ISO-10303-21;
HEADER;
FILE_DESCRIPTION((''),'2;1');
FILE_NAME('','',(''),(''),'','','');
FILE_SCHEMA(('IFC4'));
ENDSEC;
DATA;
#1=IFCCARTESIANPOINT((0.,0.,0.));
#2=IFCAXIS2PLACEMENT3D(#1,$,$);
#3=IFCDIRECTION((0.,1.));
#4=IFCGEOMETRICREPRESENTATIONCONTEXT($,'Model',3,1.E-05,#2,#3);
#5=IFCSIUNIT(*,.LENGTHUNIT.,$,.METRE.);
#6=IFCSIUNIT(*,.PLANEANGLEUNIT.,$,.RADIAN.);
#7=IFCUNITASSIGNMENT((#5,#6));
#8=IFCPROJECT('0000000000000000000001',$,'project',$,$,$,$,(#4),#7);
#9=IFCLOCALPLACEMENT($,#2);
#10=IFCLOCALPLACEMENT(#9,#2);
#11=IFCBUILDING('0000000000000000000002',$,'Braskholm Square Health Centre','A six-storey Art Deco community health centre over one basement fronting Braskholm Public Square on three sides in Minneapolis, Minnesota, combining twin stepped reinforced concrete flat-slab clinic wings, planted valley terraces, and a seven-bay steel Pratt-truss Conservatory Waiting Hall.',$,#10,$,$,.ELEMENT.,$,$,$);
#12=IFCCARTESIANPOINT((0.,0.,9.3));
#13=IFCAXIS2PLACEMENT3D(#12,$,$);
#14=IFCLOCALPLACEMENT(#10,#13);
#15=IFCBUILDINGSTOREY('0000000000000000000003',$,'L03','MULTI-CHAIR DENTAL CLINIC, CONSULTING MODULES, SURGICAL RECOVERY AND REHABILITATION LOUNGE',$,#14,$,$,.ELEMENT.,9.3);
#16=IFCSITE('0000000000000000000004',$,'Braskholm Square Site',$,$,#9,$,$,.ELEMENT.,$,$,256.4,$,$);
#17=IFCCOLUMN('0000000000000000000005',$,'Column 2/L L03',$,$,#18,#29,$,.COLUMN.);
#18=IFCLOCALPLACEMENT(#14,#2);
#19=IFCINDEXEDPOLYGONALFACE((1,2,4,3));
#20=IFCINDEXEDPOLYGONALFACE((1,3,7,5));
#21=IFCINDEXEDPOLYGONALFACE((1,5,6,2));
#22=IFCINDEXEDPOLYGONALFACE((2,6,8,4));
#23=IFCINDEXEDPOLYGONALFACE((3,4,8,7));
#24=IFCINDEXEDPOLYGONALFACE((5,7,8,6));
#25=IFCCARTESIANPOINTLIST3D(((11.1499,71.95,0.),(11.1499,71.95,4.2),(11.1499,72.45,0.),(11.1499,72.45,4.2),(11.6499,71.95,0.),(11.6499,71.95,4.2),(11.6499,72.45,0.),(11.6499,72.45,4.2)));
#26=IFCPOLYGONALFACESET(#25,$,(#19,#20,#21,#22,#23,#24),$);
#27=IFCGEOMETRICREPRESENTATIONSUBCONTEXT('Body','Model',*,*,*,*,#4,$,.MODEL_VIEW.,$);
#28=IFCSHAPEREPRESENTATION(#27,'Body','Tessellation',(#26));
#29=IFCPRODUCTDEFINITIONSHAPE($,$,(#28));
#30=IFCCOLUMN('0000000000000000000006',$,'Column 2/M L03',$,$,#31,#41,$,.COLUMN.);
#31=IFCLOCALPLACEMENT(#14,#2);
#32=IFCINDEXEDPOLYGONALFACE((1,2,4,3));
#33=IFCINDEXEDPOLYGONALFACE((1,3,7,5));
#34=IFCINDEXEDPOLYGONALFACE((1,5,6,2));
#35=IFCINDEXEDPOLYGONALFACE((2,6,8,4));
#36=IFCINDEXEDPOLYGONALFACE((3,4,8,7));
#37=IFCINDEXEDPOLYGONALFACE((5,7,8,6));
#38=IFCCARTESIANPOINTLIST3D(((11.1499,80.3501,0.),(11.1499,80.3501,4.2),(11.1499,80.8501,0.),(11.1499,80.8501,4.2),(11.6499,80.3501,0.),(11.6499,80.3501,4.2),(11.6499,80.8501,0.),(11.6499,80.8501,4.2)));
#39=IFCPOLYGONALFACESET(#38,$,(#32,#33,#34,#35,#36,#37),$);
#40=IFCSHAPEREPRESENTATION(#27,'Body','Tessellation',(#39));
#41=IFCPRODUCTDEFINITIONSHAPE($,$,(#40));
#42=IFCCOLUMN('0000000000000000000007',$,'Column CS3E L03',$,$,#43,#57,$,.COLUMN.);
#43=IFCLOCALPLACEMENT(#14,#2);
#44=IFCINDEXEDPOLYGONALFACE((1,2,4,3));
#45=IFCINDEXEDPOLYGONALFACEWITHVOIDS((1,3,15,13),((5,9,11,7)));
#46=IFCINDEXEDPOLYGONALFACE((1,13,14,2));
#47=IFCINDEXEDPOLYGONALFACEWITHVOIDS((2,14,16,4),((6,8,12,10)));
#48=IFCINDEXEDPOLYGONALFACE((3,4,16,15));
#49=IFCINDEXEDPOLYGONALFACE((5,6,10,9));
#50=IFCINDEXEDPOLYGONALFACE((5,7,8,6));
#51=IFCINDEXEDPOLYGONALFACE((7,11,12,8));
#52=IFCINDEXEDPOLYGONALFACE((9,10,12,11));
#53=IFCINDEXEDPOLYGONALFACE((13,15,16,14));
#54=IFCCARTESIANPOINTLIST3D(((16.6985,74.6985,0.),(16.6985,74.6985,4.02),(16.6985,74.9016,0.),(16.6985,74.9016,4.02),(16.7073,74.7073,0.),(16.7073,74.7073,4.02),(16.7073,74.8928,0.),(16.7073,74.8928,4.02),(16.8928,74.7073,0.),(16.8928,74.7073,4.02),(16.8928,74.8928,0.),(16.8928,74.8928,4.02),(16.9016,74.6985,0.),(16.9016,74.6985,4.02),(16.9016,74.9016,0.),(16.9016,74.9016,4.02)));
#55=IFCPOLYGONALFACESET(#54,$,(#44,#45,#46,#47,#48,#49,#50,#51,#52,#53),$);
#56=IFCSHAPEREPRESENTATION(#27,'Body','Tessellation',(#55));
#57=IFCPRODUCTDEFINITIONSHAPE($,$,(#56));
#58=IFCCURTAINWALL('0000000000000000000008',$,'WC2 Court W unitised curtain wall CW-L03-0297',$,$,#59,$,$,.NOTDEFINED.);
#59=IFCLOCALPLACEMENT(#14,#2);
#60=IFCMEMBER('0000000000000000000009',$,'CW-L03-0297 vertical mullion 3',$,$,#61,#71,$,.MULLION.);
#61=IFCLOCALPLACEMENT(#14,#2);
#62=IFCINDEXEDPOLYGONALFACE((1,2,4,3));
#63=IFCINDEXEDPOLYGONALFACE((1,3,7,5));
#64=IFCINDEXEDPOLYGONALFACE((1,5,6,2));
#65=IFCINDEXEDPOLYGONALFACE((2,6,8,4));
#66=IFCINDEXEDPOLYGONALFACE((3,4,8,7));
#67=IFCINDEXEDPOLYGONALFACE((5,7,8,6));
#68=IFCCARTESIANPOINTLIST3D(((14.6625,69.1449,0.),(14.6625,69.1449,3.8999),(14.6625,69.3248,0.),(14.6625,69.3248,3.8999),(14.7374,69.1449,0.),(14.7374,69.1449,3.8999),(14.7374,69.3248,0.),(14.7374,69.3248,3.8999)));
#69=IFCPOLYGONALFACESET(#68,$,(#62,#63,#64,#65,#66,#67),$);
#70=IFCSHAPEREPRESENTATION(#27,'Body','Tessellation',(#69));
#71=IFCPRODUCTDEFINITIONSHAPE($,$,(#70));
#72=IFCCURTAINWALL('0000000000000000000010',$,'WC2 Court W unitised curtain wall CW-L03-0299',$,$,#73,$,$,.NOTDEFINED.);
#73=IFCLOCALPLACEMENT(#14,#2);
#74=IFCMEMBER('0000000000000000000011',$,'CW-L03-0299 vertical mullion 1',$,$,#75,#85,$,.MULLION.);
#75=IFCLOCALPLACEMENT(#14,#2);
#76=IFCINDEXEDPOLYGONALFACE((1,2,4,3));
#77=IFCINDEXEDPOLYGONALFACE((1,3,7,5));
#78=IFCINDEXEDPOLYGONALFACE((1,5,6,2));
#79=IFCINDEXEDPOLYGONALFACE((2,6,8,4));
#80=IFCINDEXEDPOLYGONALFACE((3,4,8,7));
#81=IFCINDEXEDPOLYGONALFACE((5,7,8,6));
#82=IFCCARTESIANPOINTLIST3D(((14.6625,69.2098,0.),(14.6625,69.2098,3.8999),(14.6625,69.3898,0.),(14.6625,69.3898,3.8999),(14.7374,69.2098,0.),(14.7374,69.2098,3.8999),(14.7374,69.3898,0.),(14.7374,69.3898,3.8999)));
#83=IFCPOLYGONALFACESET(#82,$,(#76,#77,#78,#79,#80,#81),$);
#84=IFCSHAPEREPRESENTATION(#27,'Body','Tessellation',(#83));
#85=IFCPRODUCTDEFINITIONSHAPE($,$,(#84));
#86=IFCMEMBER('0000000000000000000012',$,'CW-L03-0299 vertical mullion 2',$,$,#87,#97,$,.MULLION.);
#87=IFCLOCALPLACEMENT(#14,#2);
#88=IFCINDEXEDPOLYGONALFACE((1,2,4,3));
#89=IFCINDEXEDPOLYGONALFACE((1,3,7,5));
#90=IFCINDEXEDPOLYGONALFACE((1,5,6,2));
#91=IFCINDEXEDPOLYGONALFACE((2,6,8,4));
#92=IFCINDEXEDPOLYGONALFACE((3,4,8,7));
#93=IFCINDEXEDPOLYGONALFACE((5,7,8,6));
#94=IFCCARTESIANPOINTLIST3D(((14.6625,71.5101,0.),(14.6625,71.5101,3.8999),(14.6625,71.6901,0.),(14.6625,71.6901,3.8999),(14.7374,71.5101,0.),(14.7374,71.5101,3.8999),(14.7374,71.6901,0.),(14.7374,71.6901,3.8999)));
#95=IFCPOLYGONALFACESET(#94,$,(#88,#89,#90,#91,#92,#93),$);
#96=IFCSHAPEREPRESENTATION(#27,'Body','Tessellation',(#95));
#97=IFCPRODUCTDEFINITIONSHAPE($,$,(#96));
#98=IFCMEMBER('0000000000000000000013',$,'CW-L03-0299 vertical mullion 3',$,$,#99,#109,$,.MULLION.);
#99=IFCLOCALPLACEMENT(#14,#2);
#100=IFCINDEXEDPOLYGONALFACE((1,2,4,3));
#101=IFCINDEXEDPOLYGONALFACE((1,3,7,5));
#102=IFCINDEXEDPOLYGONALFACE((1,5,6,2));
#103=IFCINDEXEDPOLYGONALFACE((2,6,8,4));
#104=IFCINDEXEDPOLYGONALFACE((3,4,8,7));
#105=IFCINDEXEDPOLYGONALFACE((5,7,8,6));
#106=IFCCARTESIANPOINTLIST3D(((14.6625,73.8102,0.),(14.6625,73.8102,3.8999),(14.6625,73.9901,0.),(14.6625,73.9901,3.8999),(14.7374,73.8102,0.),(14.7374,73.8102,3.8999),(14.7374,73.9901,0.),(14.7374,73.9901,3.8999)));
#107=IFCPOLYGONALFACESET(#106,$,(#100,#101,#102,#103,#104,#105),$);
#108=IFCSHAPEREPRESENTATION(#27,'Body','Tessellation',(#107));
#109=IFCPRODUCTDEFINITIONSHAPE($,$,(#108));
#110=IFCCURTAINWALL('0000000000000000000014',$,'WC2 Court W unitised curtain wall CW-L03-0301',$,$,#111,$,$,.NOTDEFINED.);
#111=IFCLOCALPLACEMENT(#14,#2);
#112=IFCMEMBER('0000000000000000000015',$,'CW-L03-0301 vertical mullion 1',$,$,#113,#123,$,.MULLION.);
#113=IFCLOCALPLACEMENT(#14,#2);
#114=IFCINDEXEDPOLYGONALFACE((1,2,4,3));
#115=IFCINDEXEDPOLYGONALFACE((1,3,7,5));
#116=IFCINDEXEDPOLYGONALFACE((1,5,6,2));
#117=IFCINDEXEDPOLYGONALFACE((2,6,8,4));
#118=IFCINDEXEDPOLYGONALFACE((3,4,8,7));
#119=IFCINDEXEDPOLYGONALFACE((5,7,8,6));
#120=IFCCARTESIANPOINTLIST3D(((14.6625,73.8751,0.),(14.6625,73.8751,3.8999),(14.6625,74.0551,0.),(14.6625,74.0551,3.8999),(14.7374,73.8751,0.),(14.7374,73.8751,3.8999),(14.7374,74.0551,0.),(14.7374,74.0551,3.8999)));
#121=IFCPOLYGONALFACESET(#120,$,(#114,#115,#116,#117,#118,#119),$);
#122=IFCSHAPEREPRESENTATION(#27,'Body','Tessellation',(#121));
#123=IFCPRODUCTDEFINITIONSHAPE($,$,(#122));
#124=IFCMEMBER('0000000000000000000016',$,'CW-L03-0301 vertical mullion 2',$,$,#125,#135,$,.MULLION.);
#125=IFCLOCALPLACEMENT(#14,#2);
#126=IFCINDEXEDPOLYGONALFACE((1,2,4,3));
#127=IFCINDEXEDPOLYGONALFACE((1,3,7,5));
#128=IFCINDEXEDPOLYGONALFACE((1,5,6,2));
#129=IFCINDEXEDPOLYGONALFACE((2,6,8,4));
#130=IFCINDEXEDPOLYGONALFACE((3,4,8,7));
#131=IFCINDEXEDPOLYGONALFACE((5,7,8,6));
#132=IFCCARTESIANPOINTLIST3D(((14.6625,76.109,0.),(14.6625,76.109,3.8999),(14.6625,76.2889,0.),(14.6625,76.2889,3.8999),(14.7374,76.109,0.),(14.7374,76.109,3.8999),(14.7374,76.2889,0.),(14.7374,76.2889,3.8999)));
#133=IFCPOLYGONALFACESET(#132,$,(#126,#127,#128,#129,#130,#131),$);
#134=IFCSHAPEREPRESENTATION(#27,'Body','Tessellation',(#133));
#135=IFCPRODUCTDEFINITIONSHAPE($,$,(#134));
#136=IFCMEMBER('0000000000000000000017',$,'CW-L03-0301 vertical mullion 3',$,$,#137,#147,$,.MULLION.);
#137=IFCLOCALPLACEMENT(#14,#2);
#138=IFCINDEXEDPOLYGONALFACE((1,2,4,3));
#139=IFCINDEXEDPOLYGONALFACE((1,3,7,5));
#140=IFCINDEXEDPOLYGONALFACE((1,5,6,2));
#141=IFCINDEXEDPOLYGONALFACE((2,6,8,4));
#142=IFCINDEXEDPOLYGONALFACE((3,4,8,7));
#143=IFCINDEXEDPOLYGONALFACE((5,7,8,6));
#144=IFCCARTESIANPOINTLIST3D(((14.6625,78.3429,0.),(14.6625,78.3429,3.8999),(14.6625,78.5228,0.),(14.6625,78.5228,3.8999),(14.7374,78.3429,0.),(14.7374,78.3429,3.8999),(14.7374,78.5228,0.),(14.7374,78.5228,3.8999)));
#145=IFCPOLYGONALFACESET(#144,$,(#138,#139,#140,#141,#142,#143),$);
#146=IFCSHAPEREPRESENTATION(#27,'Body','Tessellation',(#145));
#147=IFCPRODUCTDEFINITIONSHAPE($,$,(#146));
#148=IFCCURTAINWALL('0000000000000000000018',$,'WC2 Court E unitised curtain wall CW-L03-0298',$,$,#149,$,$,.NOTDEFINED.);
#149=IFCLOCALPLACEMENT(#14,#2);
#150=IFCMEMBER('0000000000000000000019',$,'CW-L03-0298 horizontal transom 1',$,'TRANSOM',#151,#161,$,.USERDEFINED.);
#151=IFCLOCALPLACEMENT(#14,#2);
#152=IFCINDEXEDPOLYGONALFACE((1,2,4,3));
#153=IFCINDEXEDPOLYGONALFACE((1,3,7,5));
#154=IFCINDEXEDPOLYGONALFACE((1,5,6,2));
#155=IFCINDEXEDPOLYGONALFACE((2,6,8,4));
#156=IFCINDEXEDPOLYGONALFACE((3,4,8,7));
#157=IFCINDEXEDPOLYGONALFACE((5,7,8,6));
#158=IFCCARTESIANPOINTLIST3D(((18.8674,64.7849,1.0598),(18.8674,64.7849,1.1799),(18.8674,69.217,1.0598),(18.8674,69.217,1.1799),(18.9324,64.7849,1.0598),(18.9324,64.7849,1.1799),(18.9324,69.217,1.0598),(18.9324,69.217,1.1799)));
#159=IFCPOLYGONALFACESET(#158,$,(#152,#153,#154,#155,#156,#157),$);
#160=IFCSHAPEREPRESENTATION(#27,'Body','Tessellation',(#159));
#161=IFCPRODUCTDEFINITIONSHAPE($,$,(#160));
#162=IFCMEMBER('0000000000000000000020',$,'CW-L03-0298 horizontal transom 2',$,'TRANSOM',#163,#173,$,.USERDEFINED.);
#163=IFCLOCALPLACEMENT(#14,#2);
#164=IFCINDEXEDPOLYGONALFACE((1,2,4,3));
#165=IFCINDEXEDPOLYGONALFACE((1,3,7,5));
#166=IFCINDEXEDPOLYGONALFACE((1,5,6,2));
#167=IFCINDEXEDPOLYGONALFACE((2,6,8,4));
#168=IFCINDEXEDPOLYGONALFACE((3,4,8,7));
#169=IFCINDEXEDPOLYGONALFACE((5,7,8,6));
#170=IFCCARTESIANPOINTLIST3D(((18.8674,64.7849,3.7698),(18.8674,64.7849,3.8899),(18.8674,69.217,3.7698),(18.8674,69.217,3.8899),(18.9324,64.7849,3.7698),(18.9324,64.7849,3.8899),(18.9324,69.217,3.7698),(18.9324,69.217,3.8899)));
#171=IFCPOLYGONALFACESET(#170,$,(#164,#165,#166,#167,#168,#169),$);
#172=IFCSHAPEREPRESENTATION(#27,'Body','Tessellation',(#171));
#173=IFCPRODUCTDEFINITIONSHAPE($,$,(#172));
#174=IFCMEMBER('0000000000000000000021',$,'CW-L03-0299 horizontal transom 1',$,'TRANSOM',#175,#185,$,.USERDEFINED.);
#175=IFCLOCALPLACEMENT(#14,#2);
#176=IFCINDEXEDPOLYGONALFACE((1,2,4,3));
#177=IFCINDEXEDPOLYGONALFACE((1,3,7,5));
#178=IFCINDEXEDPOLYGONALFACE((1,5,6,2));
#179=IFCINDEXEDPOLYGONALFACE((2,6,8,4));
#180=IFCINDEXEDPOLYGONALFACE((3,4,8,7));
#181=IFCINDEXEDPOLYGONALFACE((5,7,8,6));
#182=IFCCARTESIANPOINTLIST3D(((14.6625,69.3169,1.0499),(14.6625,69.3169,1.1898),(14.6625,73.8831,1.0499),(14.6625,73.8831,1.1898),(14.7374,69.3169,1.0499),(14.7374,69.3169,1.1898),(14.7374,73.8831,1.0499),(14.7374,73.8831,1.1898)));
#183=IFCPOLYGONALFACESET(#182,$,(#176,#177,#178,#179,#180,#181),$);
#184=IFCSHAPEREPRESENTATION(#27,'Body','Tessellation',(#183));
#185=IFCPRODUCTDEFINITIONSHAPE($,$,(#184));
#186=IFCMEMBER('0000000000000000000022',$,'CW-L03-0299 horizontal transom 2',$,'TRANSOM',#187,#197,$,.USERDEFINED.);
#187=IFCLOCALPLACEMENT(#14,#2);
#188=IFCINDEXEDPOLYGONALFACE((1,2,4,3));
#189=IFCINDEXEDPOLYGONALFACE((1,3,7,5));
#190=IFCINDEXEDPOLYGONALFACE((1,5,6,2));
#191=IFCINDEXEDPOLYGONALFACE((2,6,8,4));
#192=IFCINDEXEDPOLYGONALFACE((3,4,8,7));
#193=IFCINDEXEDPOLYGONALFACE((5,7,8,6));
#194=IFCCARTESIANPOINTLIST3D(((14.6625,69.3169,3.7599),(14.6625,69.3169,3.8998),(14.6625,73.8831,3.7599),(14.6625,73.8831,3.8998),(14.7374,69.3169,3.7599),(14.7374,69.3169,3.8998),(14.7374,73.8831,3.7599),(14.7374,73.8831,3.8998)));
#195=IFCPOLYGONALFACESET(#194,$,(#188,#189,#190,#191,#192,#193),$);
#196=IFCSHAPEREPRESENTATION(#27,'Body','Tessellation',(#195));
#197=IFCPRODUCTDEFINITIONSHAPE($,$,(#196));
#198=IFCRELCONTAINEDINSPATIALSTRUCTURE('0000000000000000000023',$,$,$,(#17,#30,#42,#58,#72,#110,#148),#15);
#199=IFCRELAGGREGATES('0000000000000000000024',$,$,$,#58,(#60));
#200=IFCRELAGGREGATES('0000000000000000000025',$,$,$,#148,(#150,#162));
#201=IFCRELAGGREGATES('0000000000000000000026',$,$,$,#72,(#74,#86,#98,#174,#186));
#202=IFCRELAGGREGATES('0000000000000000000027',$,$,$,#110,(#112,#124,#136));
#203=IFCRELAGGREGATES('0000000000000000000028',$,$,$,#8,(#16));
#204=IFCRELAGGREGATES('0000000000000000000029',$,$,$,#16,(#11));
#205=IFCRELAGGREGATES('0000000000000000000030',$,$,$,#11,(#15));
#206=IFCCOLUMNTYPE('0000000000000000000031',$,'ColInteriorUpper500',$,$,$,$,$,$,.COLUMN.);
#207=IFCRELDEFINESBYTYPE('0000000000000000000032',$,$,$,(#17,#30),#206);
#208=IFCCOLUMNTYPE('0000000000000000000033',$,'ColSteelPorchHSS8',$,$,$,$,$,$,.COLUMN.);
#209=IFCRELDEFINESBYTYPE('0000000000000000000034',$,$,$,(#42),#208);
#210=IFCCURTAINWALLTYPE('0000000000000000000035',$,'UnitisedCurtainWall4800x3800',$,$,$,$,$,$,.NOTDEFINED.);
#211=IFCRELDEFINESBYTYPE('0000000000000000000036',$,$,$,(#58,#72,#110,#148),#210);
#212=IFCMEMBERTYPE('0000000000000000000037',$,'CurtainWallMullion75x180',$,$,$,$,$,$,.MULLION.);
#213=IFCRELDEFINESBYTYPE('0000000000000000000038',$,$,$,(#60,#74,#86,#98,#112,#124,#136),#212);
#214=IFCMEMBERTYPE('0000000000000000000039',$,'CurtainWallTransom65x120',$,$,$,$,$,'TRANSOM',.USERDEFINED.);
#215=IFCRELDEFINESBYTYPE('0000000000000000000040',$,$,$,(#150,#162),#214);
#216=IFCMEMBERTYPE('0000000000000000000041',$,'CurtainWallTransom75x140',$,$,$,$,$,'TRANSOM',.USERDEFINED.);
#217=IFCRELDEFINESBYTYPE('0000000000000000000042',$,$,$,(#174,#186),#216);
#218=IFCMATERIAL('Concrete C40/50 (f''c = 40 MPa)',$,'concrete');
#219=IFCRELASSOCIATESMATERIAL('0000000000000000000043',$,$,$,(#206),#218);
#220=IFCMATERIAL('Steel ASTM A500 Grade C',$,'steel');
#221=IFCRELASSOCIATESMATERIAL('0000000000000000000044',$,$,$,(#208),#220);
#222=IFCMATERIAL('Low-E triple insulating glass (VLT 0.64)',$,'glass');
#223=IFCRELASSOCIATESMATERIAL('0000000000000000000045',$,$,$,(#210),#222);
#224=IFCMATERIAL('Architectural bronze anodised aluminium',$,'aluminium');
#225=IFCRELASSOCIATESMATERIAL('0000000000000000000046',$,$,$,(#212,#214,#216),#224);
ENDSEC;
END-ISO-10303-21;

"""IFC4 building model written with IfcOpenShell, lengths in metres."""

from ifc_helpers import new_model, si_unit, direction, frame, origin, origin_2d, place, context, subcontext, project, spatial, rectangle, hollow_rectangle, extrude, material, material_profile, profile_set, type_object, element, aggregate, save


model = new_model("IFC4")

# Units and contexts
model_context = context("Model", 3, precision=1e-05, world=origin(), true_north=direction((0.0, 1.0)))
body_context = subcontext(model_context, "Body", "Model", "MODEL_VIEW")
ifc_project = project(units=[si_unit("LENGTHUNIT", "METRE"), si_unit("PLANEANGLEUNIT", "RADIAN")], contexts=[model_context])

# Site, building, storey
site_placement = place(None, origin())
site = spatial("IfcSite", under=ifc_project, at=site_placement, Name="Braskholm Square Site", CompositionType="ELEMENT", RefElevation=256.4)
building_placement = place(site_placement, origin())
building = spatial("IfcBuilding", under=site, at=building_placement, Name="Braskholm Square Health Centre", Description="A six-storey Art Deco community health centre over one basement fronting Braskholm Public Square on three sides in Minneapolis, Minnesota, combining twin stepped reinforced concrete flat-slab clinic wings, planted valley terraces, and a seven-bay steel Pratt-truss Conservatory Waiting Hall.", CompositionType="ELEMENT")
storey_placement = place(building_placement, frame((0.0, 0.0, 9.3)))
storey = spatial("IfcBuildingStorey", under=building, at=storey_placement, Name="L03", Description="MULTI-CHAIR DENTAL CLINIC, CONSULTING MODULES, SURGICAL RECOVERY AND REHABILITATION LOUNGE", CompositionType="ELEMENT", Elevation=9.3)

# Columns
ifc_material_1 = material(Name="Concrete C40/50 (f'c = 40 MPa)", Category="concrete")
ifc_material_profile_1 = material_profile(ifc_material_1, rectangle(XDim=0.5, YDim=0.5, at=origin_2d()), Name="RC-500X500")
ifc_profile_set_1 = profile_set([ifc_material_profile_1], Name="Concrete C40/50 (f'c = 40 MPa)")
column_type_1 = type_object("IfcColumnType", Name="ColInteriorUpper500", PredefinedType="COLUMN", material=ifc_profile_set_1)
for number, where, z_axis, x_axis, name in (
    (1, (11.3999, 72.2, 0.0), (0.0, 0.0, 1.0), (1.0, 0.0, 0.0), "Column 2/L L03"),
    (2, (11.3999, 80.6001, 0.0), (0.0, 0.0, 1.0), (1.0, 0.0, 0.0), "Column 2/M L03"),
):
    element("IfcColumn", number, at=place(storey_placement, frame(where, z_axis=z_axis, x_axis=x_axis)), inside=storey, type_object=column_type_1, Name=name, PredefinedType="COLUMN", context=body_context, shape_type="SweptSolid", body=[
        extrude(rectangle(XDim=0.5, YDim=0.5, at=origin_2d()), origin(), (0.0, 0.0, 1.0), 4.2),
    ])
ifc_material_2 = material(Name="Steel ASTM A500 Grade C", Category="steel")
ifc_material_profile_2 = material_profile(ifc_material_2, hollow_rectangle(XDim=0.2031, YDim=0.2031, WallThickness=0.0088, at=origin_2d()), Name="HSS8X8X3/8")
ifc_profile_set_2 = profile_set([ifc_material_profile_2], Name="Steel ASTM A500 Grade C")
column_type_2 = type_object("IfcColumnType", Name="ColSteelPorchHSS8", PredefinedType="COLUMN", material=ifc_profile_set_2)
column_placement = place(storey_placement, frame((16.8, 74.8, 0.0), z_axis=(0.0, 0.0, 1.0), x_axis=(1.0, 0.0, 0.0)))
element("IfcColumn", 3, at=column_placement, inside=storey, type_object=column_type_2, Name="Column CS3E L03", PredefinedType="COLUMN", context=body_context, shape_type="SweptSolid", body=[
    extrude(hollow_rectangle(XDim=0.2031, YDim=0.2031, WallThickness=0.0088, at=origin_2d()), origin(), (0.0, 0.0, 1.0), 4.02),
])

# Curtain wall, member
ifc_material_3 = material(Name="Low-E triple insulating glass (VLT 0.64)", Category="glass")
curtain_wall_type = type_object("IfcCurtainWallType", Name="UnitisedCurtainWall4800x3800", PredefinedType="NOTDEFINED", material=ifc_material_3)
curtain_wall_1_placement = place(storey_placement, origin())
curtain_wall_1 = element("IfcCurtainWall", 4, at=curtain_wall_1_placement, inside=storey, type_object=curtain_wall_type, Name="WC2 Court W unitised curtain wall CW-L03-0297", PredefinedType="NOTDEFINED")
ifc_material_4 = material(Name="Architectural bronze anodised aluminium", Category="aluminium")
ifc_material_profile_3 = material_profile(ifc_material_4, rectangle(XDim=0.075, YDim=0.1799, at=origin_2d()), Name="ALU-75X180")
ifc_profile_set_3 = profile_set([ifc_material_profile_3], Name="Architectural bronze anodised aluminium")
member_type_1 = type_object("IfcMemberType", Name="CurtainWallMullion75x180", PredefinedType="MULLION", material=ifc_profile_set_3)
member_1_placement = place(storey_placement, frame((14.7, 69.2349, 0.0), z_axis=(0.0, 0.0, 1.0), x_axis=(1.0, 0.0, 0.0)))
member_1 = element("IfcMember", 5, at=member_1_placement, type_object=member_type_1, Name="CW-L03-0297 vertical mullion 3", PredefinedType="MULLION", context=body_context, shape_type="SweptSolid", body=[
    extrude(rectangle(XDim=0.075, YDim=0.1799, at=origin_2d()), origin(), (0.0, 0.0, 1.0), 3.8999),
])
aggregate(curtain_wall_1, [member_1])

# Curtain walls, members
curtain_wall_2_placement = place(storey_placement, origin())
curtain_wall_2 = element("IfcCurtainWall", 6, at=curtain_wall_2_placement, inside=storey, type_object=curtain_wall_type, Name="WC2 Court W unitised curtain wall CW-L03-0299", PredefinedType="NOTDEFINED")
member_2_placement = place(storey_placement, frame((14.7, 69.2998, 0.0), z_axis=(0.0, 0.0, 1.0), x_axis=(1.0, 0.0, 0.0)))
member_2 = element("IfcMember", 7, at=member_2_placement, type_object=member_type_1, Name="CW-L03-0299 vertical mullion 1", PredefinedType="MULLION", context=body_context, shape_type="SweptSolid", body=[
    extrude(rectangle(XDim=0.075, YDim=0.1799, at=origin_2d()), origin(), (0.0, 0.0, 1.0), 3.8999),
])
member_3_placement = place(storey_placement, frame((14.7, 71.6001, 0.0), z_axis=(0.0, 0.0, 1.0), x_axis=(1.0, 0.0, 0.0)))
member_3 = element("IfcMember", 8, at=member_3_placement, type_object=member_type_1, Name="CW-L03-0299 vertical mullion 2", PredefinedType="MULLION", context=body_context, shape_type="SweptSolid", body=[
    extrude(rectangle(XDim=0.075, YDim=0.1799, at=origin_2d()), origin(), (0.0, 0.0, 1.0), 3.8999),
])
member_4_placement = place(storey_placement, frame((14.7, 73.9001, 0.0), z_axis=(0.0, 0.0, 1.0), x_axis=(1.0, 0.0, 0.0)))
member_4 = element("IfcMember", 9, at=member_4_placement, type_object=member_type_1, Name="CW-L03-0299 vertical mullion 3", PredefinedType="MULLION", context=body_context, shape_type="SweptSolid", body=[
    extrude(rectangle(XDim=0.075, YDim=0.1799, at=origin_2d()), origin(), (0.0, 0.0, 1.0), 3.8999),
])
curtain_wall_3_placement = place(storey_placement, origin())
curtain_wall_3 = element("IfcCurtainWall", 10, at=curtain_wall_3_placement, inside=storey, type_object=curtain_wall_type, Name="WC2 Court W unitised curtain wall CW-L03-0301", PredefinedType="NOTDEFINED")
member_5_placement = place(storey_placement, frame((14.7, 73.9651, 0.0), z_axis=(0.0, 0.0, 1.0), x_axis=(1.0, 0.0, 0.0)))
member_5 = element("IfcMember", 11, at=member_5_placement, type_object=member_type_1, Name="CW-L03-0301 vertical mullion 1", PredefinedType="MULLION", context=body_context, shape_type="SweptSolid", body=[
    extrude(rectangle(XDim=0.075, YDim=0.1799, at=origin_2d()), origin(), (0.0, 0.0, 1.0), 3.8999),
])
member_6_placement = place(storey_placement, frame((14.7, 76.199, 0.0), z_axis=(0.0, 0.0, 1.0), x_axis=(1.0, 0.0, 0.0)))
member_6 = element("IfcMember", 12, at=member_6_placement, type_object=member_type_1, Name="CW-L03-0301 vertical mullion 2", PredefinedType="MULLION", context=body_context, shape_type="SweptSolid", body=[
    extrude(rectangle(XDim=0.075, YDim=0.1799, at=origin_2d()), origin(), (0.0, 0.0, 1.0), 3.8999),
])
member_7_placement = place(storey_placement, frame((14.7, 78.4329, 0.0), z_axis=(0.0, 0.0, 1.0), x_axis=(1.0, 0.0, 0.0)))
member_7 = element("IfcMember", 13, at=member_7_placement, type_object=member_type_1, Name="CW-L03-0301 vertical mullion 3", PredefinedType="MULLION", context=body_context, shape_type="SweptSolid", body=[
    extrude(rectangle(XDim=0.075, YDim=0.1799, at=origin_2d()), origin(), (0.0, 0.0, 1.0), 3.8999),
])
curtain_wall_4_placement = place(storey_placement, origin())
curtain_wall_4 = element("IfcCurtainWall", 14, at=curtain_wall_4_placement, inside=storey, type_object=curtain_wall_type, Name="WC2 Court E unitised curtain wall CW-L03-0298", PredefinedType="NOTDEFINED")
ifc_material_profile_4 = material_profile(ifc_material_4, rectangle(XDim=0.0649, YDim=0.1201, at=origin_2d()), Name="ALU-65X120")
ifc_profile_set_4 = profile_set([ifc_material_profile_4], Name="Architectural bronze anodised aluminium")
member_type_2 = type_object("IfcMemberType", Name="CurtainWallTransom65x120", ElementType="TRANSOM", PredefinedType="USERDEFINED", material=ifc_profile_set_4)
member_8_placement = place(storey_placement, frame((18.8999, 69.217, 1.1199), z_axis=(0.0, -1.0, 0.0), x_axis=(1.0, 0.0, 0.0)))
member_8 = element("IfcMember", 15, at=member_8_placement, type_object=member_type_2, Name="CW-L03-0298 horizontal transom 1", ObjectType="TRANSOM", PredefinedType="USERDEFINED", context=body_context, shape_type="SweptSolid", body=[
    extrude(rectangle(XDim=0.0649, YDim=0.1201, at=origin_2d()), origin(), (0.0, 0.0, 1.0), 4.4321),
])
member_9_placement = place(storey_placement, frame((18.8999, 69.217, 3.8298), z_axis=(0.0, -1.0, 0.0), x_axis=(1.0, 0.0, 0.0)))
member_9 = element("IfcMember", 16, at=member_9_placement, type_object=member_type_2, Name="CW-L03-0298 horizontal transom 2", ObjectType="TRANSOM", PredefinedType="USERDEFINED", context=body_context, shape_type="SweptSolid", body=[
    extrude(rectangle(XDim=0.0649, YDim=0.1201, at=origin_2d()), origin(), (0.0, 0.0, 1.0), 4.4321),
])

# Members
ifc_material_profile_5 = material_profile(ifc_material_4, rectangle(XDim=0.075, YDim=0.1399, at=origin_2d()), Name="ALU-75X140")
ifc_profile_set_5 = profile_set([ifc_material_profile_5], Name="Architectural bronze anodised aluminium")
member_type_3 = type_object("IfcMemberType", Name="CurtainWallTransom75x140", ElementType="TRANSOM", PredefinedType="USERDEFINED", material=ifc_profile_set_5)
member_10_placement = place(storey_placement, frame((14.7, 69.3169, 1.1199), z_axis=(0.0, 1.0, 0.0), x_axis=(-1.0, 0.0, 0.0)))
member_10 = element("IfcMember", 17, at=member_10_placement, type_object=member_type_3, Name="CW-L03-0299 horizontal transom 1", ObjectType="TRANSOM", PredefinedType="USERDEFINED", context=body_context, shape_type="SweptSolid", body=[
    extrude(rectangle(XDim=0.075, YDim=0.1399, at=origin_2d()), origin(), (0.0, 0.0, 1.0), 4.5662),
])
member_11_placement = place(storey_placement, frame((14.7, 69.3169, 3.8298), z_axis=(0.0, 1.0, 0.0), x_axis=(-1.0, 0.0, 0.0)))
member_11 = element("IfcMember", 18, at=member_11_placement, type_object=member_type_3, Name="CW-L03-0299 horizontal transom 2", ObjectType="TRANSOM", PredefinedType="USERDEFINED", context=body_context, shape_type="SweptSolid", body=[
    extrude(rectangle(XDim=0.075, YDim=0.1399, at=origin_2d()), origin(), (0.0, 0.0, 1.0), 4.5662),
])

aggregate(curtain_wall_4, [member_8, member_9])
aggregate(curtain_wall_2, [member_2, member_3, member_4, member_10, member_11])
aggregate(curtain_wall_3, [member_5, member_6, member_7])

save(model, "model.ifc")
